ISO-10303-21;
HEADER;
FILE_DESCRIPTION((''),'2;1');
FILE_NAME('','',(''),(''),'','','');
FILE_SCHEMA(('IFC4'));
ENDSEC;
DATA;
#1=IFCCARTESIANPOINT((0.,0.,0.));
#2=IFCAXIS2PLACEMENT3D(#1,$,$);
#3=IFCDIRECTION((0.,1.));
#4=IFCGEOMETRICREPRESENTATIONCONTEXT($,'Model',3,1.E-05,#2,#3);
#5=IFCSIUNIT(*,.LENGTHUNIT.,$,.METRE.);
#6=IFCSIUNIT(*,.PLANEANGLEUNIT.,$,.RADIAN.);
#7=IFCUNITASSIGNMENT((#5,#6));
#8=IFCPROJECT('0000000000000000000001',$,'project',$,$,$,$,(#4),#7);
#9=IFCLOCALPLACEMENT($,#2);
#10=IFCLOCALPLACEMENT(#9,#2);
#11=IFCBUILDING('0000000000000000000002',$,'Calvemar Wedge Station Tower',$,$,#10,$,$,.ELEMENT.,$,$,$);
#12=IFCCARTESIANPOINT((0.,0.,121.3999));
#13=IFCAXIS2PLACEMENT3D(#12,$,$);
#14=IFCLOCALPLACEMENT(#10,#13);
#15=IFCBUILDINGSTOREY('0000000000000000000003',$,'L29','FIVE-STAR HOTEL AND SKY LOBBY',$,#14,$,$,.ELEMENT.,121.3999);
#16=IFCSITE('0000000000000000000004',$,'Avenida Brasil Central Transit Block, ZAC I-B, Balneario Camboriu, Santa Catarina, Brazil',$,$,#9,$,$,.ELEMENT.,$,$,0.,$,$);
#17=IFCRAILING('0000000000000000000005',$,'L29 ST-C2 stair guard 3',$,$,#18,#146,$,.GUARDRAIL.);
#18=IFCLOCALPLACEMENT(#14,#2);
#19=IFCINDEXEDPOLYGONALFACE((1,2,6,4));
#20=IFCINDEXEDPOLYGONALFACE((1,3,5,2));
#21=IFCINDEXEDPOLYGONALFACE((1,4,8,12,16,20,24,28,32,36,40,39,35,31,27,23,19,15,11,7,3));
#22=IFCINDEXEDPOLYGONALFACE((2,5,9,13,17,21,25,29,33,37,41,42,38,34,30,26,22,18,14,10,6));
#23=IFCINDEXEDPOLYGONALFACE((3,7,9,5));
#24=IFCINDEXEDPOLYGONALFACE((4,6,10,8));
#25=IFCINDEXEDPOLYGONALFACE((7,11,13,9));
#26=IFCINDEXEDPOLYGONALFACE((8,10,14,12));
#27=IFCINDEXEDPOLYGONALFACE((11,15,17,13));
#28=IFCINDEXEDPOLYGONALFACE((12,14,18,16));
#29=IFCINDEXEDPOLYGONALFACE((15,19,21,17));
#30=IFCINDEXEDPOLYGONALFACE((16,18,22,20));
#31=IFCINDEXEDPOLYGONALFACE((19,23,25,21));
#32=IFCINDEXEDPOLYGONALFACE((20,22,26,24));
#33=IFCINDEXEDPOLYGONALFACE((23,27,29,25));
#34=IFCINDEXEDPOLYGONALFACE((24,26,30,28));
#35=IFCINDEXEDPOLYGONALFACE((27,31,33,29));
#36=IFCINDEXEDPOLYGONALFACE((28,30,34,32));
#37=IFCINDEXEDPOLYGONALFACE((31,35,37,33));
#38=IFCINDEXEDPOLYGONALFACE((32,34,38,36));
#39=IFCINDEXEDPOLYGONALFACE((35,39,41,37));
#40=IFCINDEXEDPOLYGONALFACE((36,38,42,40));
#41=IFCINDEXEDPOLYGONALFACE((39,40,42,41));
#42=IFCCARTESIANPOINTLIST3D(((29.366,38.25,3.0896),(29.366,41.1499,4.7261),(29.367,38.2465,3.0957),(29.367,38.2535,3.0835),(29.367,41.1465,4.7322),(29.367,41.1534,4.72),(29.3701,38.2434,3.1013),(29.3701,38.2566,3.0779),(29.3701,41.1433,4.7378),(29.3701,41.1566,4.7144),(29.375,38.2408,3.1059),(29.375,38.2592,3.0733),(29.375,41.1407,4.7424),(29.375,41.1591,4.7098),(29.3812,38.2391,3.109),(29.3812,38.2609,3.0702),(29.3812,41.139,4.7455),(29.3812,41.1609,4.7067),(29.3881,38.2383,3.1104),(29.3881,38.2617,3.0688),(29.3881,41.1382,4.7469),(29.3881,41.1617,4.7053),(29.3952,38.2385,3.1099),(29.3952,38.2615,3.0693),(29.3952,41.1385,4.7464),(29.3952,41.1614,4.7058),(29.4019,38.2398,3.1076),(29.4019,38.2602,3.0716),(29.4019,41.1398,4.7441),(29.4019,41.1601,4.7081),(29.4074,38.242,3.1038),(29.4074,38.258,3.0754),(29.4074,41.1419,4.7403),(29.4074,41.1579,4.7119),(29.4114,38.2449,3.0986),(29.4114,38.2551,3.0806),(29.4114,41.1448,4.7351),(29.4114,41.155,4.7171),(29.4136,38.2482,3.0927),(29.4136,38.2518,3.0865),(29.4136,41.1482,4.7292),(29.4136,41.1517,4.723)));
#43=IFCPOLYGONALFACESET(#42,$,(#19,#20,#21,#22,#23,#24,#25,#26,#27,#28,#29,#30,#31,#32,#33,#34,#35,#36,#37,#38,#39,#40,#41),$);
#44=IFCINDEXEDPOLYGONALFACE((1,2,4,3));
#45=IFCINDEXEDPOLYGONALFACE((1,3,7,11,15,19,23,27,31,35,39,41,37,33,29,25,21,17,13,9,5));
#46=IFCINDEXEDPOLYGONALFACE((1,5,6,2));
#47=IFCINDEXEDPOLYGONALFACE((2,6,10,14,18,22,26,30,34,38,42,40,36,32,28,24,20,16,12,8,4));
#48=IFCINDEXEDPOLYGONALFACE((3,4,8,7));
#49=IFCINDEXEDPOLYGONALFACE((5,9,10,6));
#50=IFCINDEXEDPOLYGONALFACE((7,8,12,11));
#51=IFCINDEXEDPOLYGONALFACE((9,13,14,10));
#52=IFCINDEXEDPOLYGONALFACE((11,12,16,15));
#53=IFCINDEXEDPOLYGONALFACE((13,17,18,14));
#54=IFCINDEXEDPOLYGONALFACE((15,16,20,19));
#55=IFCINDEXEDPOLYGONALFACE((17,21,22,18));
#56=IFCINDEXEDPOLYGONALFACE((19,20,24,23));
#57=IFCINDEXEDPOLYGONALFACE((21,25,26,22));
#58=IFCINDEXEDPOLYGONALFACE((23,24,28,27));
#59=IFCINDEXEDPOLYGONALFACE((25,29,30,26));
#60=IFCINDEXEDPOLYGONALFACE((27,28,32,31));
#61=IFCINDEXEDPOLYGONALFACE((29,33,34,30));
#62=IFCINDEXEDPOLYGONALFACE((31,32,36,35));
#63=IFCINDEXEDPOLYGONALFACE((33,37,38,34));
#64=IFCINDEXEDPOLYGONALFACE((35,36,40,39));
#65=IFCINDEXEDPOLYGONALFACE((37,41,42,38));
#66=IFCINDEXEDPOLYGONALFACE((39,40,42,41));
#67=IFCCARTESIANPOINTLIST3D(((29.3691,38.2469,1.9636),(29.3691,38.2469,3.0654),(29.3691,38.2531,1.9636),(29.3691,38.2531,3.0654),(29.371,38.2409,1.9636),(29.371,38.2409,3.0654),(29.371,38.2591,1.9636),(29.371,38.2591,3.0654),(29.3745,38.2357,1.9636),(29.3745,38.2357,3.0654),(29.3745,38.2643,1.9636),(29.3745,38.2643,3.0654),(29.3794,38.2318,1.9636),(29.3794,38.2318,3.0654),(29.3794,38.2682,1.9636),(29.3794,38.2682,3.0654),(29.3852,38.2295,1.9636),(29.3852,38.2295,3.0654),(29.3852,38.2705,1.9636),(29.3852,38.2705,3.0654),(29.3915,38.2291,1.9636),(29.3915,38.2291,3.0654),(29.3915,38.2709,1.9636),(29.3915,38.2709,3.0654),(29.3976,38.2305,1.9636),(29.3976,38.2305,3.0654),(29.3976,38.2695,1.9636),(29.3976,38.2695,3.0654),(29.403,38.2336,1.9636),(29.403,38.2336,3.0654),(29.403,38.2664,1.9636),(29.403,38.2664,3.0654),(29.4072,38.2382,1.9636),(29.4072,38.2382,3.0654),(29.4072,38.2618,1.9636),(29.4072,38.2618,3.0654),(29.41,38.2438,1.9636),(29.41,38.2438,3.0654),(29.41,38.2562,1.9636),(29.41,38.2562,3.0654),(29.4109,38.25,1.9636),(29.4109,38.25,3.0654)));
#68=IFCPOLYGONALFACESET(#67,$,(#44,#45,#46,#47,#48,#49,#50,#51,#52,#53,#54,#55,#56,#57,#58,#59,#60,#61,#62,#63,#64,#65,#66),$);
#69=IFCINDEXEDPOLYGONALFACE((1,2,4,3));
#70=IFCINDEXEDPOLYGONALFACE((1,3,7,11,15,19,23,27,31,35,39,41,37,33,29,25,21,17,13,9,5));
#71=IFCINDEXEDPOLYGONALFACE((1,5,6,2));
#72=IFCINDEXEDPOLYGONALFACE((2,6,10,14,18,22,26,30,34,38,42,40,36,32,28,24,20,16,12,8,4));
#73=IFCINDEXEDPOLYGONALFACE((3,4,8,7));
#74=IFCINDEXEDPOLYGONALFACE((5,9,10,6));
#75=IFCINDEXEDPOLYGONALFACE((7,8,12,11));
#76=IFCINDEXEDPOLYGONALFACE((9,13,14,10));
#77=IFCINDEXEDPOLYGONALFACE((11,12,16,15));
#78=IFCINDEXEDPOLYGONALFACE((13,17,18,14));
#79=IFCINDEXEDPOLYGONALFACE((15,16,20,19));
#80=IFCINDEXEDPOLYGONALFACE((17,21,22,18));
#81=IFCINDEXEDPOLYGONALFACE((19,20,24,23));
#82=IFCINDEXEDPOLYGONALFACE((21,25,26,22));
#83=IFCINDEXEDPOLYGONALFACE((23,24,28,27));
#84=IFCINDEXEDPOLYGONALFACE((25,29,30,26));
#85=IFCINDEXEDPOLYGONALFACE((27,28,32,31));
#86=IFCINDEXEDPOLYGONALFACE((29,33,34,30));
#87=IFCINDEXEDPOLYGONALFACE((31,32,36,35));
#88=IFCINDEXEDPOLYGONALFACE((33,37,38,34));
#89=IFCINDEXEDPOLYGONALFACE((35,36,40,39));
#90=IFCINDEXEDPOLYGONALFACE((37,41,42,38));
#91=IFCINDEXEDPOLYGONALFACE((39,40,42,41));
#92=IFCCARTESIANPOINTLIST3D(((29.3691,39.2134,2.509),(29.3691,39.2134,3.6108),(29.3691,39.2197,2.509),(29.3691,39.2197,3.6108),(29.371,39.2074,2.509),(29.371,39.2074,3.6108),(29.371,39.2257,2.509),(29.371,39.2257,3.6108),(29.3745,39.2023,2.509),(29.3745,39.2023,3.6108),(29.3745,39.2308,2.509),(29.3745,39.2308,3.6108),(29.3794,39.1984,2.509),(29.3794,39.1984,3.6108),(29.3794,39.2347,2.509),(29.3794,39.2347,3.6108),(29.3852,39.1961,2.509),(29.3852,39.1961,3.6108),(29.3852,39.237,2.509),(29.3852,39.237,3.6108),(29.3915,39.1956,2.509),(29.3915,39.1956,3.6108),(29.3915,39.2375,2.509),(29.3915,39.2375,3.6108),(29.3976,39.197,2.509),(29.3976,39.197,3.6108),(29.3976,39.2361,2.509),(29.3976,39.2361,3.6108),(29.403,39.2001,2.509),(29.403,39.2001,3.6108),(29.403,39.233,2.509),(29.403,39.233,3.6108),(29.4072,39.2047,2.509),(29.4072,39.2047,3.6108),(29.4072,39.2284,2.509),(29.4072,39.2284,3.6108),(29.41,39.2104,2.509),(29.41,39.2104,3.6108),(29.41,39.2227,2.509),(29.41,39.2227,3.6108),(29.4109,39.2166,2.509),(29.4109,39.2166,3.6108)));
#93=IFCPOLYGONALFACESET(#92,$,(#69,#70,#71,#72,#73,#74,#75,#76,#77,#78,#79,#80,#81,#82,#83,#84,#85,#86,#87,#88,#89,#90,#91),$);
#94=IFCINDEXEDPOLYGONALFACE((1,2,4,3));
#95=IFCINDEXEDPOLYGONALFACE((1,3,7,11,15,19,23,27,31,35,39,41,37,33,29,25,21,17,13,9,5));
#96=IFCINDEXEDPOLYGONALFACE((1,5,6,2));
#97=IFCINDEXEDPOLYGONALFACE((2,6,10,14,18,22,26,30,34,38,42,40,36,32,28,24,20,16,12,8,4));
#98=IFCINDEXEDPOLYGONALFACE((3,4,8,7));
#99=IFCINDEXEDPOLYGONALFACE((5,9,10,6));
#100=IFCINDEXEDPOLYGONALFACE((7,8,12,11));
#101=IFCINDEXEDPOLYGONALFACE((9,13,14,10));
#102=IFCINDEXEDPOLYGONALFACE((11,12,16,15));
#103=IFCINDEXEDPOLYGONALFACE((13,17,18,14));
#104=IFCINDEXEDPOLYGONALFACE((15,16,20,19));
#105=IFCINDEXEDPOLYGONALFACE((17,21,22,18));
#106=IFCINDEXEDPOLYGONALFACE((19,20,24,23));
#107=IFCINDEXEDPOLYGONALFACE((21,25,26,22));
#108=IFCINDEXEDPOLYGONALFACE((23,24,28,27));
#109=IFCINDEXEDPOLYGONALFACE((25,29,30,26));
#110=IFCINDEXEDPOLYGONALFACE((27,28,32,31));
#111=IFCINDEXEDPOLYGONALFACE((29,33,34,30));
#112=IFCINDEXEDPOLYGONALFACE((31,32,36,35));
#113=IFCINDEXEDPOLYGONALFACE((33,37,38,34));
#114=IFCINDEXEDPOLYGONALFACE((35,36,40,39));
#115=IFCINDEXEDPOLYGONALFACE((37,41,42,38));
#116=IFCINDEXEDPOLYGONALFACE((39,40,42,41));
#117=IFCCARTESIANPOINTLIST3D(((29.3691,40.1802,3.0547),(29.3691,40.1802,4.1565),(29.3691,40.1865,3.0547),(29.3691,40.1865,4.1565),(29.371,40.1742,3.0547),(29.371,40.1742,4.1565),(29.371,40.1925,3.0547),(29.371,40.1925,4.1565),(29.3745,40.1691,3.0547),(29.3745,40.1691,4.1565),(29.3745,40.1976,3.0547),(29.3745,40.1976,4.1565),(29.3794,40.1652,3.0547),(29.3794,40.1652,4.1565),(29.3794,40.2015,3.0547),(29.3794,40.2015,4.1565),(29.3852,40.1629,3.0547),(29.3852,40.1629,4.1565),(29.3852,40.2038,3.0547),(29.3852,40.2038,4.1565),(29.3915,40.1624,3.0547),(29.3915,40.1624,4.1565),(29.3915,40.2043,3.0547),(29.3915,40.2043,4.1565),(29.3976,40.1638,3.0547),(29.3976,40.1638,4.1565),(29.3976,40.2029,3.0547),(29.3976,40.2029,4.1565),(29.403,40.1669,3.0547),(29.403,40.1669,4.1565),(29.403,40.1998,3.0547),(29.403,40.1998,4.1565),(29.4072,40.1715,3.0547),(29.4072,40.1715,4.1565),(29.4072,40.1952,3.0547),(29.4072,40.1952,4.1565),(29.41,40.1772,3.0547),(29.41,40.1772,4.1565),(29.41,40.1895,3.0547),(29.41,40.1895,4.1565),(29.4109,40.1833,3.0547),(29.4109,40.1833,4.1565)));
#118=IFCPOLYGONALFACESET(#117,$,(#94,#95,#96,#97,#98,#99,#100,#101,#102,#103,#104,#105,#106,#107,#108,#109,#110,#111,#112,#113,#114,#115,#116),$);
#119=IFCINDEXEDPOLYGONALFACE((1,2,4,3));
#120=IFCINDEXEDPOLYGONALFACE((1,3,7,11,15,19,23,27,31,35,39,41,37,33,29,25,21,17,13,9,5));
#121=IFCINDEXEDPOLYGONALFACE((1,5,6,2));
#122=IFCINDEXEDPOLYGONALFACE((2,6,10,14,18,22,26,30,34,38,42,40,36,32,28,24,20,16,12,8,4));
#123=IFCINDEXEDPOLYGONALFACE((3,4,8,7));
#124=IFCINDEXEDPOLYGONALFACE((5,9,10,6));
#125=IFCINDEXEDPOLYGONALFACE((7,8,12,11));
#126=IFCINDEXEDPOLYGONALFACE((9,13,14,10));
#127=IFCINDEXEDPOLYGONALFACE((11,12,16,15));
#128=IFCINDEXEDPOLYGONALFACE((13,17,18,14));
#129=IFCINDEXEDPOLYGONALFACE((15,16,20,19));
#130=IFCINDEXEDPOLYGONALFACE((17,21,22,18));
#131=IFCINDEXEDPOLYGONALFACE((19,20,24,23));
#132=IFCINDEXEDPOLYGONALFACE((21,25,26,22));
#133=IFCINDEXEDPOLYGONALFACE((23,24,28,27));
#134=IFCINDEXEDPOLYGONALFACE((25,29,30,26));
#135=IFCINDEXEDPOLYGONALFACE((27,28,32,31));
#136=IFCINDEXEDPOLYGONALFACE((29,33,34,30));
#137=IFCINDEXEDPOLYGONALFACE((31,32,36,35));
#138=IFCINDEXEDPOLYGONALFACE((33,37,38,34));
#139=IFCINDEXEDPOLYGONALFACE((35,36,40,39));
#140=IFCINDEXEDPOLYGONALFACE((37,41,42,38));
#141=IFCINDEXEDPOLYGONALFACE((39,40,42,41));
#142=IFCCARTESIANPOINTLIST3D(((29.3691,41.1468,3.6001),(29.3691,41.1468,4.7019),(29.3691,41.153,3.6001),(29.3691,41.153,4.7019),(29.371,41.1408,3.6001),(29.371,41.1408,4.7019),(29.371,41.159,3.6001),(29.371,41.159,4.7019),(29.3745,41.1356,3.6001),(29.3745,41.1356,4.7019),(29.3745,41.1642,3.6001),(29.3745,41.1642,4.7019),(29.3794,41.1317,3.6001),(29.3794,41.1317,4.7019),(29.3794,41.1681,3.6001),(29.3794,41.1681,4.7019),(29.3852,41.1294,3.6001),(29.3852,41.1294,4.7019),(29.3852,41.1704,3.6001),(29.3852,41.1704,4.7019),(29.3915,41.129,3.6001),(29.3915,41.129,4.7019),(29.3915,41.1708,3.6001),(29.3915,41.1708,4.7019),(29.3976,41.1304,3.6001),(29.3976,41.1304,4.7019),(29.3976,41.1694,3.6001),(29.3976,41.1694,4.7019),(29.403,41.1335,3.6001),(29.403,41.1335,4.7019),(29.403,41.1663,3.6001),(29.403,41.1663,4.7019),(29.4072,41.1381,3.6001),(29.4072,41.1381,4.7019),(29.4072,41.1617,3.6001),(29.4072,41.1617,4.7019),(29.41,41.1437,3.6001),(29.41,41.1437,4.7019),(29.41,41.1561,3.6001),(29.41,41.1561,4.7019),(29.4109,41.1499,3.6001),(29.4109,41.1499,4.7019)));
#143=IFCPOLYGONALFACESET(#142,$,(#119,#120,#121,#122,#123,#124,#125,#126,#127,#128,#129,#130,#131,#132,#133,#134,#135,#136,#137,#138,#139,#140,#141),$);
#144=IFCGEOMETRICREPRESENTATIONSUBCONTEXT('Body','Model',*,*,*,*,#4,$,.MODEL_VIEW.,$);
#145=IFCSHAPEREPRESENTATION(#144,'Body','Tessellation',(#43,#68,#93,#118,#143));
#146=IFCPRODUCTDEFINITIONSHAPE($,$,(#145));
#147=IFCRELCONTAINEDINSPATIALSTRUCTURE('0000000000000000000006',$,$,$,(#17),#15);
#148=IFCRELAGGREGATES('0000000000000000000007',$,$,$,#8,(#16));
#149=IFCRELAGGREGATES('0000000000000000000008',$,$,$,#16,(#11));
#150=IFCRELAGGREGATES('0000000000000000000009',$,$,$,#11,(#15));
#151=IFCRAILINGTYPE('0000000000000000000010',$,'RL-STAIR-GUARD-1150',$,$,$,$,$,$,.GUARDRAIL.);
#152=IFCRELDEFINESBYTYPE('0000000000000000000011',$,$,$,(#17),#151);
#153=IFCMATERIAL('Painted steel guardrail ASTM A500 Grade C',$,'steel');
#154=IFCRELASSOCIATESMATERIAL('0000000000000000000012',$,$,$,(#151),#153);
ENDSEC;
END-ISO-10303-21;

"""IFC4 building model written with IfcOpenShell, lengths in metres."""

from ifc_helpers import new_model, si_unit, direction, frame, origin, origin_2d, place, context, subcontext, project, spatial, circle, extrude, material, type_object, element, save


model = new_model("IFC4")

# Units and contexts
model_context = context("Model", 3, precision=1e-05, world=origin(), true_north=direction((0.0, 1.0)))
body_context = subcontext(model_context, "Body", "Model", "MODEL_VIEW")
ifc_project = project(units=[si_unit("LENGTHUNIT", "METRE"), si_unit("PLANEANGLEUNIT", "RADIAN")], contexts=[model_context])

# Site, building, storey
site_placement = place(None, origin())
site = spatial("IfcSite", under=ifc_project, at=site_placement, Name="Avenida Brasil Central Transit Block, ZAC I-B, Balneario Camboriu, Santa Catarina, Brazil", CompositionType="ELEMENT", RefElevation=0.0)
building_placement = place(site_placement, origin())
building = spatial("IfcBuilding", under=site, at=building_placement, Name="Calvemar Wedge Station Tower", CompositionType="ELEMENT")
storey_placement = place(building_placement, frame((0.0, 0.0, 121.3999)))
storey = spatial("IfcBuildingStorey", under=building, at=storey_placement, Name="L29", Description="FIVE-STAR HOTEL AND SKY LOBBY", CompositionType="ELEMENT", Elevation=121.3999)

# Railing
ifc_material_1 = material(Name="Painted steel guardrail ASTM A500 Grade C", Category="steel")
railing_type_1 = type_object("IfcRailingType", Name="RL-STAIR-GUARD-1150", PredefinedType="GUARDRAIL", material=ifc_material_1)
railing_1_placement = place(storey_placement, frame((29.3899, 38.25, 1.9636)))
element("IfcRailing", 1, at=railing_1_placement, inside=storey, type_object=railing_type_1, Name="L29 ST-C2 stair guard 3", PredefinedType="GUARDRAIL", context=body_context, shape_type="SweptSolid", body=[
    extrude(circle(Radius=0.0239, at=origin_2d()), frame((0.0, 0.0, 1.126), z_axis=(0.0, 0.870897, 0.491465), x_axis=(-1.0, 0.0, 0.0)), (0.0, 0.0, 1.0), 3.3298),
    extrude(circle(Radius=0.021, at=origin_2d()), origin(), (0.0, 0.0, 1.0), 1.1018),
    extrude(circle(Radius=0.021, at=origin_2d()), frame((0.0, 0.9666, 0.5454)), (0.0, 0.0, 1.0), 1.1018),
    extrude(circle(Radius=0.021, at=origin_2d()), frame((0.0, 1.9333, 1.0911)), (0.0, 0.0, 1.0), 1.1018),
    extrude(circle(Radius=0.021, at=origin_2d()), frame((0.0, 2.8999, 1.6365)), (0.0, 0.0, 1.0), 1.1018),
])

save(model, "model.ifc")
